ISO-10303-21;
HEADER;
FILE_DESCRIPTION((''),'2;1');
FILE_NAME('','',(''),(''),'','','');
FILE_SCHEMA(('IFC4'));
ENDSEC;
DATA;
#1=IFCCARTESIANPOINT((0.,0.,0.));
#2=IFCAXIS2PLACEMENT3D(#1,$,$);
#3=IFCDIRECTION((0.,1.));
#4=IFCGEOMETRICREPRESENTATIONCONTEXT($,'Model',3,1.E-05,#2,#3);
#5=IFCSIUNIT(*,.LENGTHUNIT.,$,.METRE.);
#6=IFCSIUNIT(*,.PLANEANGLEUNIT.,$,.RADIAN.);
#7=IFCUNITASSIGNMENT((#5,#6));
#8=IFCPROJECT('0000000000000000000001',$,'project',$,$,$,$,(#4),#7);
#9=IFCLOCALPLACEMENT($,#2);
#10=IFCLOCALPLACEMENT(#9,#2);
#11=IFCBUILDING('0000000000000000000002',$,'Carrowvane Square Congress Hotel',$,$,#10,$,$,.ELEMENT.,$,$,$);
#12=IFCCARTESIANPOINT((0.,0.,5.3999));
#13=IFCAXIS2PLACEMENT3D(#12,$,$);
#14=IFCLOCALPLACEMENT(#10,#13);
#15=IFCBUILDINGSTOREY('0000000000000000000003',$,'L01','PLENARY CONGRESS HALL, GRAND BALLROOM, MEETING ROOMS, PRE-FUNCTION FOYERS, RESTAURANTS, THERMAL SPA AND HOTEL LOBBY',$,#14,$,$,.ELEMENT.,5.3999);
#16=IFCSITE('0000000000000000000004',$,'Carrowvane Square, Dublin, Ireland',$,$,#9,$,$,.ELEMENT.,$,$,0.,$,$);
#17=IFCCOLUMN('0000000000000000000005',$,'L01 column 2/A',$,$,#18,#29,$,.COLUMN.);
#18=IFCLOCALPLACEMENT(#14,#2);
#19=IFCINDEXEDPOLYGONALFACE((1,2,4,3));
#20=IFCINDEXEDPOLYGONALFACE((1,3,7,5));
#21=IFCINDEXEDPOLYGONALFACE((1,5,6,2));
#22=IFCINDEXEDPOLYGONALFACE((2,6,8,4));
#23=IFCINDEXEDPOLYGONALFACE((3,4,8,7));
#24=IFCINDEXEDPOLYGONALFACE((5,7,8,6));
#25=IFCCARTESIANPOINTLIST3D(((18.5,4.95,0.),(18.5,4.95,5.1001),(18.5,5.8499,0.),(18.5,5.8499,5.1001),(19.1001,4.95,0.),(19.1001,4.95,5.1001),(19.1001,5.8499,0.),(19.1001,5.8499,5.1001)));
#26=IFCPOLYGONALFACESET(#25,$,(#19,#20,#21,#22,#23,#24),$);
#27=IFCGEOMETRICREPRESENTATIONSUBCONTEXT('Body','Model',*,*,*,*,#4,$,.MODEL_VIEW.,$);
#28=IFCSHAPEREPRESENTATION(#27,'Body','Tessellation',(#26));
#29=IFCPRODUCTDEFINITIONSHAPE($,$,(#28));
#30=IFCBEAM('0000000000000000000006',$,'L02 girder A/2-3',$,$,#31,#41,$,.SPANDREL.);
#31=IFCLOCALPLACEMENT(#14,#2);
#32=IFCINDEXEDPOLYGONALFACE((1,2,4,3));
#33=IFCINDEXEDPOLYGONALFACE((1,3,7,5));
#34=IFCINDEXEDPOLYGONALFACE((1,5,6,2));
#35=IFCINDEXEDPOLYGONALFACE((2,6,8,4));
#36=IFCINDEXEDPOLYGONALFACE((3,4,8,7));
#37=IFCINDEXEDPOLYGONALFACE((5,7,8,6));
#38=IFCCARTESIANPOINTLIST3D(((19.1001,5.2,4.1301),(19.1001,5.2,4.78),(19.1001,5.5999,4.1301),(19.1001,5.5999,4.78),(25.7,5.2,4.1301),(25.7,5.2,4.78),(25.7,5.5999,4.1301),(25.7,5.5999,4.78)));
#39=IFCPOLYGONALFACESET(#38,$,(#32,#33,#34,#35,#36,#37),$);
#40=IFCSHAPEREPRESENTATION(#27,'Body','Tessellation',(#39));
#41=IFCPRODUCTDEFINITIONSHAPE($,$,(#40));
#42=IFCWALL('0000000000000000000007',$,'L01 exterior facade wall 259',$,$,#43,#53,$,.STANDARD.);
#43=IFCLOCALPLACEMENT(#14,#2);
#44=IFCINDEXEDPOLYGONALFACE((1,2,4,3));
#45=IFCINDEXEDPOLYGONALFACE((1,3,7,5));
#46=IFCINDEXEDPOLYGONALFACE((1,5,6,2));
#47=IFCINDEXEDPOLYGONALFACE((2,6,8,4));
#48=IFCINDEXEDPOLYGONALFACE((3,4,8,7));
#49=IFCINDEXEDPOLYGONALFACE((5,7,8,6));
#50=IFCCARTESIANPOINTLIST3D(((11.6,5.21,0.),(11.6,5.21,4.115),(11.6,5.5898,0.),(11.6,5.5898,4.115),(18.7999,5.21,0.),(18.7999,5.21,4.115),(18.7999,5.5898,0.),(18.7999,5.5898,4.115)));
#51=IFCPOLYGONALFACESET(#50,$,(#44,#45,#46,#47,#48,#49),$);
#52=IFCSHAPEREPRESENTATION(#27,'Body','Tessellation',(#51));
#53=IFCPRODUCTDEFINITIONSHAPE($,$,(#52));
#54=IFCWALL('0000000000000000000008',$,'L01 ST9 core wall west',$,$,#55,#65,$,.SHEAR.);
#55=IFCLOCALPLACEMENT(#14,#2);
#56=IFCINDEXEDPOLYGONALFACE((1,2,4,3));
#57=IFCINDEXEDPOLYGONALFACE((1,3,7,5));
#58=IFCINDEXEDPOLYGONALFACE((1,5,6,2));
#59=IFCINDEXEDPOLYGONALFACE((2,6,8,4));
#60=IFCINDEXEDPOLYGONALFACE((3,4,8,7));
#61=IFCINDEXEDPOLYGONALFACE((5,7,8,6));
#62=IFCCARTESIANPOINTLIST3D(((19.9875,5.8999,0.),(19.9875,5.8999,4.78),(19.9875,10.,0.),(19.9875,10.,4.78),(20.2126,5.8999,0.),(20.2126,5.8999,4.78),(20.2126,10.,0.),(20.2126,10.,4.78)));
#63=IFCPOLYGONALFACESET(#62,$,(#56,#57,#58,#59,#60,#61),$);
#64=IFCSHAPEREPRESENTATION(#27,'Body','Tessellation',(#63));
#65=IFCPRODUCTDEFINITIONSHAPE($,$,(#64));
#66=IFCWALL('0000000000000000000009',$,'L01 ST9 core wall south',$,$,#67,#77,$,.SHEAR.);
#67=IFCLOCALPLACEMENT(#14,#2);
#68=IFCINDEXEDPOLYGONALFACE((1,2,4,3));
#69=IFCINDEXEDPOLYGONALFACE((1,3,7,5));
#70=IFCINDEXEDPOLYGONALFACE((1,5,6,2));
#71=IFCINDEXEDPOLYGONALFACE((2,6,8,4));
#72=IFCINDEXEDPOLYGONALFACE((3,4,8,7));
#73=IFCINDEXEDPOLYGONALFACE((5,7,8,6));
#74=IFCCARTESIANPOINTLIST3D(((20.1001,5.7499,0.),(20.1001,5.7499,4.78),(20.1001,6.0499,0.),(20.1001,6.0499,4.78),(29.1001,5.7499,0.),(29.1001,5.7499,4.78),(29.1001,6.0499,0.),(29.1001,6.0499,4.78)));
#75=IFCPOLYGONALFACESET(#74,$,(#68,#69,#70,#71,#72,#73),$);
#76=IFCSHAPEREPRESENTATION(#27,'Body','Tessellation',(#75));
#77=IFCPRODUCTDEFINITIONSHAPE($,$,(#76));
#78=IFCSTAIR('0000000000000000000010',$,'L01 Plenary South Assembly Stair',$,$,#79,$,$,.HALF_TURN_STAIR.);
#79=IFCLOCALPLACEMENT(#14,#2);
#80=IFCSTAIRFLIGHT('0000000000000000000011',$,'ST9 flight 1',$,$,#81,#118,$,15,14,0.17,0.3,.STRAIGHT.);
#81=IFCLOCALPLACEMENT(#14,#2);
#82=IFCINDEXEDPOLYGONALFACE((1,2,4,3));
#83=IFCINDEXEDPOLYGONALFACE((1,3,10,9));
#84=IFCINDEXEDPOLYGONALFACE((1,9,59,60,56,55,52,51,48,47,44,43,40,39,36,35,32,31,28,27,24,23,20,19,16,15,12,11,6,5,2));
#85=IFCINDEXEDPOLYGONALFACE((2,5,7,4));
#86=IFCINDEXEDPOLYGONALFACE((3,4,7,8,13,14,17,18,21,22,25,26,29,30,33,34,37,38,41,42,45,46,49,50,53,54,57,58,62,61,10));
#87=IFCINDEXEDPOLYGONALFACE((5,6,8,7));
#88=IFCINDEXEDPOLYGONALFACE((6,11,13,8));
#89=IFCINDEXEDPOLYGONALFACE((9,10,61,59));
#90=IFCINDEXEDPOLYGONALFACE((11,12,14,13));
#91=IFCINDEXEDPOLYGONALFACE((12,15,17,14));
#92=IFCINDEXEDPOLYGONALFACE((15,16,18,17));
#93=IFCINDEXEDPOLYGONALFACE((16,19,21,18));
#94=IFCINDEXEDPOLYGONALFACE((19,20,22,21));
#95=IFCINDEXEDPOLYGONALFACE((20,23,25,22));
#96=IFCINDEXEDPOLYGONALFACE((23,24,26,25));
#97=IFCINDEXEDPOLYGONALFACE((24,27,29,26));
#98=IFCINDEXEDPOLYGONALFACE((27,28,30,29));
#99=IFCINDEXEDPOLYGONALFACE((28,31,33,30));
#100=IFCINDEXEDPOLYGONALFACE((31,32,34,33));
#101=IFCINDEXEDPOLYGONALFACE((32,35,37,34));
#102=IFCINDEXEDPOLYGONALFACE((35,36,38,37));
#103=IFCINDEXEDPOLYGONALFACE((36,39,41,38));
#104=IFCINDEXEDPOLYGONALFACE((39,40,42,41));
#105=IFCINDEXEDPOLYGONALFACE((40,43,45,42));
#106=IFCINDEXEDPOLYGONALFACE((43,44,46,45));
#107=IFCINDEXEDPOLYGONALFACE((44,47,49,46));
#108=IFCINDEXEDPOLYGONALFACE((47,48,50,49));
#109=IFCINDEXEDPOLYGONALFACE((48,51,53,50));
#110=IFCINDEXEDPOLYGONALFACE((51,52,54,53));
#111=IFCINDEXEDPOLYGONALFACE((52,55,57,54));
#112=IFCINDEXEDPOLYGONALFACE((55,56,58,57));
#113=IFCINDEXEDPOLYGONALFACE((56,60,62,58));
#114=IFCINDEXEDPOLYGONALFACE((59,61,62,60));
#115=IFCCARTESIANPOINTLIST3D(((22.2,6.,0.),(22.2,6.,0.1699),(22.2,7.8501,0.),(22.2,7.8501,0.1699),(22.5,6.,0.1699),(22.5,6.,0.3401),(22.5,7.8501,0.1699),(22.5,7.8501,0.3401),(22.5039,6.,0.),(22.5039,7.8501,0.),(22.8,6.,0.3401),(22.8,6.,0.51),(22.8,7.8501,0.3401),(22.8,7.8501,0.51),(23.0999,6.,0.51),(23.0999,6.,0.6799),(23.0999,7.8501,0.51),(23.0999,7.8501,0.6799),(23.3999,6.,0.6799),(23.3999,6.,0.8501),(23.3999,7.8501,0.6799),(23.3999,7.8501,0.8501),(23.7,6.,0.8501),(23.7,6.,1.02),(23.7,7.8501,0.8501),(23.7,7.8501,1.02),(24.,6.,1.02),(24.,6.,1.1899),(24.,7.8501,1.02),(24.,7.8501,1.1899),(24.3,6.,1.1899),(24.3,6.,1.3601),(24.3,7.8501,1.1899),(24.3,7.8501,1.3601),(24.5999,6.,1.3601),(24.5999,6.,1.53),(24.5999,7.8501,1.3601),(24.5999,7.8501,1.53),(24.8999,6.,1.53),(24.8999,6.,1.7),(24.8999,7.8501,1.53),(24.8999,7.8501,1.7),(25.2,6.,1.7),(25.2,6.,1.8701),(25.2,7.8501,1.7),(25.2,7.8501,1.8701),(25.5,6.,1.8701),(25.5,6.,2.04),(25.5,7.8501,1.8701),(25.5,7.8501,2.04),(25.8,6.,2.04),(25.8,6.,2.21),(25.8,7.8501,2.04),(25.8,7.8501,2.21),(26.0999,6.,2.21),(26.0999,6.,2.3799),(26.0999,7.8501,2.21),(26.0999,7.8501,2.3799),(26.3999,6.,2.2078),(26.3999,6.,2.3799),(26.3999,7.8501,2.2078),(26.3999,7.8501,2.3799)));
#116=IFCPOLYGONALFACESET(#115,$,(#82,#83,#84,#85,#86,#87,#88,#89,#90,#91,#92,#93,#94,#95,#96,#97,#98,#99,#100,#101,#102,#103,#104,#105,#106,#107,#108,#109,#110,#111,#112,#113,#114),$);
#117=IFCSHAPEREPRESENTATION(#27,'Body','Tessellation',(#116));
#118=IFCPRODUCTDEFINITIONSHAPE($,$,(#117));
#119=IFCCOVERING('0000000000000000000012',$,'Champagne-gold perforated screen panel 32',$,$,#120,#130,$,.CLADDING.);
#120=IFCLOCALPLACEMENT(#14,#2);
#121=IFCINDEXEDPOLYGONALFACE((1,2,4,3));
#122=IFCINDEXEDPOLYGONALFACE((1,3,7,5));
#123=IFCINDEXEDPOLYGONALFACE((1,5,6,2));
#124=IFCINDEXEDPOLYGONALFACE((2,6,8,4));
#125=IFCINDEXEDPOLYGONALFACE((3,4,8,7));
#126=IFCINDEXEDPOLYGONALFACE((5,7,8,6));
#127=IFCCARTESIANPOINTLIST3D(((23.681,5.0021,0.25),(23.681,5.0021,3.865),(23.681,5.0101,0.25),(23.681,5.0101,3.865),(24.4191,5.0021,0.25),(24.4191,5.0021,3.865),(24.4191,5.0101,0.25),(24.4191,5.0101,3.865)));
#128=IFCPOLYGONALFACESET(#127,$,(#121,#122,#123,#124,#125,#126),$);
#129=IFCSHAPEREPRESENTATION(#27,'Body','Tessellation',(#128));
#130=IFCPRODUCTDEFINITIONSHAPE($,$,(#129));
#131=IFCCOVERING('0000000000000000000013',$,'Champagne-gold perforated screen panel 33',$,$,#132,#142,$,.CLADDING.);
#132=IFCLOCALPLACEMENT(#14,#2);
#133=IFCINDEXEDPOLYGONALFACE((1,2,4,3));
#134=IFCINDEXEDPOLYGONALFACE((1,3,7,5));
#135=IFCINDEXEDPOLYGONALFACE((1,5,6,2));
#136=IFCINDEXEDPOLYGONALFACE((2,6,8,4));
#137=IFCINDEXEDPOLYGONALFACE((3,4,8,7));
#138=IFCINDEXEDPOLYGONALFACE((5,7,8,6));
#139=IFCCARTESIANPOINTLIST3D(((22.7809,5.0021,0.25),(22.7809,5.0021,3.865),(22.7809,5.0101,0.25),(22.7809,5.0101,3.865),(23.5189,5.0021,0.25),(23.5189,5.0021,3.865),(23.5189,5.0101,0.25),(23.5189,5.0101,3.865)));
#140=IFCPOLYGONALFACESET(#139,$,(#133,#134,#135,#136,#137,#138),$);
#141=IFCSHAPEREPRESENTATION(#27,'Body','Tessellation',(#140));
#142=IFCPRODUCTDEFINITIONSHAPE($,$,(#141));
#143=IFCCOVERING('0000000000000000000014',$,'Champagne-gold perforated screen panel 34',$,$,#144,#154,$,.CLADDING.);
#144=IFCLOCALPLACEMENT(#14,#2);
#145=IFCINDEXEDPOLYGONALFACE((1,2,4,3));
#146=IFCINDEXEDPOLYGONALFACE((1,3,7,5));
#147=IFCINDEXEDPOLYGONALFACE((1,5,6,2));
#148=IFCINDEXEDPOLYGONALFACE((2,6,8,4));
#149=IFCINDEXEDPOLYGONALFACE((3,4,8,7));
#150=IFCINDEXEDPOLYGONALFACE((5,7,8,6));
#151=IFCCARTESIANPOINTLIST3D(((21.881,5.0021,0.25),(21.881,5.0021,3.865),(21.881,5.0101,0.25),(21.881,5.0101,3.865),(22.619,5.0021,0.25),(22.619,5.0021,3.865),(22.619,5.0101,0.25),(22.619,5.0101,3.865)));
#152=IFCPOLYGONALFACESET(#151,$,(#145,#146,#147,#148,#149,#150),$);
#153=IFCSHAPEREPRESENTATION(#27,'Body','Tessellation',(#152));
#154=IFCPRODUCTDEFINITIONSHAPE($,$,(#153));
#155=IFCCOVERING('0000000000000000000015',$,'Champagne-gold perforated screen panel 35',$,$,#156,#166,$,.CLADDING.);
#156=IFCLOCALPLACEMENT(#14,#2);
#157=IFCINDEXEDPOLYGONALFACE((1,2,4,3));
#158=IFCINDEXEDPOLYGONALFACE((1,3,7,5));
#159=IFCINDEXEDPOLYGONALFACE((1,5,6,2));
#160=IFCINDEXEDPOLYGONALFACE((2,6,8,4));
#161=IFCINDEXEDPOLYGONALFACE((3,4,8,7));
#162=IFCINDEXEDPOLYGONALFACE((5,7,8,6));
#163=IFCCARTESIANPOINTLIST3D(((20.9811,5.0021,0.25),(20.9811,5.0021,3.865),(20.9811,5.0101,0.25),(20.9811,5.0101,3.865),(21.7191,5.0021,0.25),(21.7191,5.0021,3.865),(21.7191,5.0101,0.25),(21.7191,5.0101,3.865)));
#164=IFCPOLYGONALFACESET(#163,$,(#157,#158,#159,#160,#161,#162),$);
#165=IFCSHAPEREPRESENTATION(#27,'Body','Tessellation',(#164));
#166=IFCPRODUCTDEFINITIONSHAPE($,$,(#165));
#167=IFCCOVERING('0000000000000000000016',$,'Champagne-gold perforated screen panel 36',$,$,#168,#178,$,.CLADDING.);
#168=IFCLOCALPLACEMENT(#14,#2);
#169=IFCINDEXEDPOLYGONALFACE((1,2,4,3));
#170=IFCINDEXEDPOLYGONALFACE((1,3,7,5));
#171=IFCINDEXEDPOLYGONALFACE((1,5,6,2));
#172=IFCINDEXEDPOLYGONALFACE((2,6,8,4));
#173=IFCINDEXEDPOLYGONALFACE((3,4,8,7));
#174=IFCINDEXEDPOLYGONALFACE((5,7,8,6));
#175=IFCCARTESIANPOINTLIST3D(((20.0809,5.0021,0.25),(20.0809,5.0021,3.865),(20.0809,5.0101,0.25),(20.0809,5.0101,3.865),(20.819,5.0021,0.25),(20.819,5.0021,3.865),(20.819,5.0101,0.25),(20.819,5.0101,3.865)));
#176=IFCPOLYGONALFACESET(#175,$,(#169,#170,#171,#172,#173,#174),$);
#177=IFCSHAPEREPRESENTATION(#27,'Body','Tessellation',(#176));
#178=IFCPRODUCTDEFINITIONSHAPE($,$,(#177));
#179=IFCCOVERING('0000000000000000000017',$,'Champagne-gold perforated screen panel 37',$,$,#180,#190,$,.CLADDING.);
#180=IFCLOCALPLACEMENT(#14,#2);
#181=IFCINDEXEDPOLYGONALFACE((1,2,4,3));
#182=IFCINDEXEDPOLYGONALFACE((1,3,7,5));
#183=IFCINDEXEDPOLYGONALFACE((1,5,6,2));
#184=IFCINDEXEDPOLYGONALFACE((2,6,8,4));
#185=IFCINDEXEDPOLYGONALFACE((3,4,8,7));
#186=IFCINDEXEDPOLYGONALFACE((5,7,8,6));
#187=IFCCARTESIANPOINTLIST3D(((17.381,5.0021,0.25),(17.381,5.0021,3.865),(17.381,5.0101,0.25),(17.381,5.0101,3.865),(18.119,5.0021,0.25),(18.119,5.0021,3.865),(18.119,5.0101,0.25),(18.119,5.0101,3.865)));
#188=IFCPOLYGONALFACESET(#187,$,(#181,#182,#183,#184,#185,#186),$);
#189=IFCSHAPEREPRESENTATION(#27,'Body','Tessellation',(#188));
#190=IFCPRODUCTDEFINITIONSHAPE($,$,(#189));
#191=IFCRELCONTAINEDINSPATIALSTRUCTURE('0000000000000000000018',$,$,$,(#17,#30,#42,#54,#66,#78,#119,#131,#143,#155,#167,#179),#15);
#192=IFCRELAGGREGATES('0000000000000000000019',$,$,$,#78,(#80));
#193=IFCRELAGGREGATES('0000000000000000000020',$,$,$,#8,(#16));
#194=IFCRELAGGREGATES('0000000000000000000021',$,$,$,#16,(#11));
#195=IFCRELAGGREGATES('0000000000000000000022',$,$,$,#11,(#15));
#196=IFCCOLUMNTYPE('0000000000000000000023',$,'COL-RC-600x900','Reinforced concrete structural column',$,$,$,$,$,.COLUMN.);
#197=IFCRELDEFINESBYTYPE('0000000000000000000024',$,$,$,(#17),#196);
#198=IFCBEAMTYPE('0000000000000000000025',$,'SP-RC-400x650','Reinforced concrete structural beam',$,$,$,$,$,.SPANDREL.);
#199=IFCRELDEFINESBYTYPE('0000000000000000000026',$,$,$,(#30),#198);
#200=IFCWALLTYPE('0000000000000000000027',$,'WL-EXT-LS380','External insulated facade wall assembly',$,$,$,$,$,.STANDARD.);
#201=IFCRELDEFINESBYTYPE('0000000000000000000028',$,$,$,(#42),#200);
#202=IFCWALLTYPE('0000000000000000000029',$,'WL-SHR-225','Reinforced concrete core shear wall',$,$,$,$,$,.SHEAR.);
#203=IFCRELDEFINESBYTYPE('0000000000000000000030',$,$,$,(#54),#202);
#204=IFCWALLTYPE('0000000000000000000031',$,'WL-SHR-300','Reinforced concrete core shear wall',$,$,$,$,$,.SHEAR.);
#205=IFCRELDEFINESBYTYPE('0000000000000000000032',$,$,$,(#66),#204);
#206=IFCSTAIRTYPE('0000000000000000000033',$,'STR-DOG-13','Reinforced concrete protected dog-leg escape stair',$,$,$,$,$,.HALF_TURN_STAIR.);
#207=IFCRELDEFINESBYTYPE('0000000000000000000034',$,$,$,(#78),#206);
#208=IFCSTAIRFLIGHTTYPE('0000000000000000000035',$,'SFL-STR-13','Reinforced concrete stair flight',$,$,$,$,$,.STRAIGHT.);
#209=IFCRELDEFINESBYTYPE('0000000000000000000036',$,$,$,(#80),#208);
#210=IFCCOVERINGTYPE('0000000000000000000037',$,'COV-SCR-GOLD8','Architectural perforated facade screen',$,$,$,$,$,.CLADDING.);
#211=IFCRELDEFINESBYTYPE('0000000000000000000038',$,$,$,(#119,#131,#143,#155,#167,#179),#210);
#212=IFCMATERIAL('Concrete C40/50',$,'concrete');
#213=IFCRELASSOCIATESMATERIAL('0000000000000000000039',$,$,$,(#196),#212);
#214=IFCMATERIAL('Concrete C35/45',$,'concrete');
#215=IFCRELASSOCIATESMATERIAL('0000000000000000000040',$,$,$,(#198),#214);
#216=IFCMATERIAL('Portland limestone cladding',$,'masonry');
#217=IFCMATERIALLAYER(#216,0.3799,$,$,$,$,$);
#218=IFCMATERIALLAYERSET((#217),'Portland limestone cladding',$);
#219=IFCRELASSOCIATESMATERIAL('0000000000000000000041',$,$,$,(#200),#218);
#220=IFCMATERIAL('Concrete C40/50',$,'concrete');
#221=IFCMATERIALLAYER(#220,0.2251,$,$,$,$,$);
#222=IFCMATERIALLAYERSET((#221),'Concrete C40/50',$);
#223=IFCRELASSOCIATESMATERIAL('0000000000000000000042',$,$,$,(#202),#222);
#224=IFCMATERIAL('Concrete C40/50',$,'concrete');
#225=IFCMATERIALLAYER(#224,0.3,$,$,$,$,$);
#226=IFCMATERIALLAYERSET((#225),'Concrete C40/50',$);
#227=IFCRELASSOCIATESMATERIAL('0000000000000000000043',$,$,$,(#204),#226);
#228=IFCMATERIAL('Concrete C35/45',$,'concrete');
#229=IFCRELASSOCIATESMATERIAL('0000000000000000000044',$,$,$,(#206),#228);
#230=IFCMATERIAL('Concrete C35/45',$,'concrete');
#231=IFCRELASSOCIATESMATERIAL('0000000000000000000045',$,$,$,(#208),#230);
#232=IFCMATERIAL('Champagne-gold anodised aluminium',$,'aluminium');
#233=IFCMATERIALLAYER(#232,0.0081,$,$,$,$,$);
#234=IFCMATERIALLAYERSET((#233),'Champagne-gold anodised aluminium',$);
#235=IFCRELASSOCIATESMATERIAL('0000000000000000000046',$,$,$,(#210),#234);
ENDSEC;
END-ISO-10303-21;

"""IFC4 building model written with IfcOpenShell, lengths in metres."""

from ifc_helpers import new_model, si_unit, direction, frame, frame_2d, origin, origin_2d, place, context, subcontext, project, spatial, polyline, rectangle, outline, extrude, material, layer, layer_set, material_profile, profile_set, type_object, element, aggregate, save


model = new_model("IFC4")

# Units and contexts
model_context = context("Model", 3, precision=1e-05, world=origin(), true_north=direction((0.0, 1.0)))
body_context = subcontext(model_context, "Body", "Model", "MODEL_VIEW")
ifc_project = project(units=[si_unit("LENGTHUNIT", "METRE"), si_unit("PLANEANGLEUNIT", "RADIAN")], contexts=[model_context])

# Site, building, storey
site_placement = place(None, origin())
site = spatial("IfcSite", under=ifc_project, at=site_placement, Name="Carrowvane Square, Dublin, Ireland", CompositionType="ELEMENT", RefElevation=0.0)
building_placement = place(site_placement, origin())
building = spatial("IfcBuilding", under=site, at=building_placement, Name="Carrowvane Square Congress Hotel", CompositionType="ELEMENT")
storey_placement = place(building_placement, frame((0.0, 0.0, 5.3999)))
storey = spatial("IfcBuildingStorey", under=building, at=storey_placement, Name="L01", Description="PLENARY CONGRESS HALL, GRAND BALLROOM, MEETING ROOMS, PRE-FUNCTION FOYERS, RESTAURANTS, THERMAL SPA AND HOTEL LOBBY", CompositionType="ELEMENT", Elevation=5.3999)

# Column
ifc_material_1 = material(Name="Concrete C40/50", Category="concrete")
ifc_material_profile_1 = material_profile(ifc_material_1, rectangle(XDim=0.6001, YDim=0.8999, at=origin_2d()), Name="RC 600x900")
ifc_profile_set_1 = profile_set([ifc_material_profile_1], Name="Concrete C40/50")
column_type = type_object("IfcColumnType", Name="COL-RC-600x900", Description="Reinforced concrete structural column", PredefinedType="COLUMN", material=ifc_profile_set_1)
column_placement = place(storey_placement, frame((18.8, 5.3999, 0.0), z_axis=(0.0, 0.0, 1.0), x_axis=(1.0, 0.0, 0.0)))
element("IfcColumn", 1, at=column_placement, inside=storey, type_object=column_type, Name="L01 column 2/A", PredefinedType="COLUMN", context=body_context, shape_type="SweptSolid", body=[
    extrude(rectangle(XDim=0.6001, YDim=0.8999, at=origin_2d()), origin(), (0.0, 0.0, 1.0), 5.1001),
])

# Beam
ifc_material_2 = material(Name="Concrete C35/45", Category="concrete")
ifc_material_profile_2 = material_profile(ifc_material_2, rectangle(XDim=0.3999, YDim=0.6499, at=origin_2d()), Name="RC 400x650")
ifc_profile_set_2 = profile_set([ifc_material_profile_2], Name="Concrete C35/45")
beam_type = type_object("IfcBeamType", Name="SP-RC-400x650", Description="Reinforced concrete structural beam", PredefinedType="SPANDREL", material=ifc_profile_set_2)
beam_placement = place(storey_placement, frame((19.1001, 5.3999, 4.4551), z_axis=(1.0, 0.0, 0.0), x_axis=(0.0, 1.0, 0.0)))
element("IfcBeam", 2, at=beam_placement, inside=storey, type_object=beam_type, Name="L02 girder A/2-3", PredefinedType="SPANDREL", context=body_context, shape_type="SweptSolid", body=[
    extrude(rectangle(XDim=0.3999, YDim=0.6499, at=origin_2d()), origin(), (0.0, 0.0, 1.0), 6.5999),
])

# Walls
ifc_material_3 = material(Name="Portland limestone cladding", Category="masonry")
ifc_layer_1 = layer(ifc_material_3, 0.3799)
ifc_layer_set_1 = layer_set([ifc_layer_1], Name="Portland limestone cladding")
wall_type_1 = type_object("IfcWallType", Name="WL-EXT-LS380", Description="External insulated facade wall assembly", PredefinedType="STANDARD", material=ifc_layer_set_1)
wall_1_placement = place(storey_placement, frame((18.8, 5.3999, 0.0), z_axis=(0.0, 0.0, 1.0), x_axis=(-1.0, 0.0, 0.0)))
element("IfcWall", 3, at=wall_1_placement, inside=storey, type_object=wall_type_1, Name="L01 exterior facade wall 259", PredefinedType="STANDARD", context=body_context, shape_type="SweptSolid", body=[
    extrude(rectangle(XDim=7.2, YDim=0.3799, at=frame_2d((3.6001, 0.0))), origin(), (0.0, 0.0, 1.0), 4.115),
])
ifc_material_4 = material(Name="Concrete C40/50", Category="concrete")
ifc_layer_2 = layer(ifc_material_4, 0.2251)
ifc_layer_set_2 = layer_set([ifc_layer_2], Name="Concrete C40/50")
wall_type_2 = type_object("IfcWallType", Name="WL-SHR-225", Description="Reinforced concrete core shear wall", PredefinedType="SHEAR", material=ifc_layer_set_2)
wall_2_placement = place(storey_placement, frame((20.1001, 10.0, 0.0), z_axis=(0.0, 0.0, 1.0), x_axis=(0.0, -1.0, 0.0)))
element("IfcWall", 4, at=wall_2_placement, inside=storey, type_object=wall_type_2, Name="L01 ST9 core wall west", PredefinedType="SHEAR", context=body_context, shape_type="SweptSolid", body=[
    extrude(rectangle(XDim=4.1001, YDim=0.2251, at=frame_2d((2.05, 0.0))), origin(), (0.0, 0.0, 1.0), 4.78),
])
ifc_material_5 = material(Name="Concrete C40/50", Category="concrete")
ifc_layer_3 = layer(ifc_material_5, 0.3)
ifc_layer_set_3 = layer_set([ifc_layer_3], Name="Concrete C40/50")
wall_type_3 = type_object("IfcWallType", Name="WL-SHR-300", Description="Reinforced concrete core shear wall", PredefinedType="SHEAR", material=ifc_layer_set_3)
wall_3_placement = place(storey_placement, frame((20.1001, 5.8999, 0.0), z_axis=(0.0, 0.0, 1.0), x_axis=(1.0, 0.0, 0.0)))
element("IfcWall", 5, at=wall_3_placement, inside=storey, type_object=wall_type_3, Name="L01 ST9 core wall south", PredefinedType="SHEAR", context=body_context, shape_type="SweptSolid", body=[
    extrude(rectangle(XDim=9.0, YDim=0.3, at=frame_2d((4.5, 0.0))), origin(), (0.0, 0.0, 1.0), 4.78),
])

# Stair, stair flight
ifc_material_6 = material(Name="Concrete C35/45", Category="concrete")
stair_type = type_object("IfcStairType", Name="STR-DOG-13", Description="Reinforced concrete protected dog-leg escape stair", PredefinedType="HALF_TURN_STAIR", material=ifc_material_6)
stair_placement = place(storey_placement, origin())
stair = element("IfcStair", 6, at=stair_placement, inside=storey, type_object=stair_type, Name="L01 Plenary South Assembly Stair", PredefinedType="HALF_TURN_STAIR")
ifc_material_7 = material(Name="Concrete C35/45", Category="concrete")
stair_flight_type = type_object("IfcStairFlightType", Name="SFL-STR-13", Description="Reinforced concrete stair flight", PredefinedType="STRAIGHT", material=ifc_material_7)
stair_flight_placement = place(storey_placement, frame((22.2, 6.925, 0.0), z_axis=(0.0, 0.0, 1.0), x_axis=(1.0, 0.0, 0.0)))
stair_flight = element("IfcStairFlight", 7, at=stair_flight_placement, type_object=stair_flight_type, Name="ST9 flight 1", NumberOfRisers=15, NumberOfTreads=14, PredefinedType="STRAIGHT", RiserHeight=0.17, TreadLength=0.3, context=body_context, shape_type="SweptSolid", body=[
    extrude(outline(polyline([(0.0, 0.0), (0.0, 0.1699), (0.3, 0.1699), (0.3, 0.3401), (0.6001, 0.3401), (0.6001, 0.51), (0.8999, 0.51), (0.8999, 0.6799), (1.2, 0.6799), (1.2, 0.8501), (1.5, 0.8501), (1.5, 1.02), (1.8, 1.02), (1.8, 1.1899), (2.1001, 1.1899), (2.1001, 1.3601), (2.3999, 1.3601), (2.3999, 1.53), (2.7, 1.53), (2.7, 1.7), (3.0, 1.7), (3.0, 1.8701), (3.3, 1.8701), (3.3, 2.04), (3.6001, 2.04), (3.6001, 2.21), (3.8999, 2.21), (3.8999, 2.3799), (4.2, 2.3799), (4.2, 2.55), (4.2, 2.2078), (0.304, 0.0), (0.0, 0.0)])), frame((0.0, 0.925, 0.0), z_axis=(0.0, -1.0, 0.0), x_axis=(1.0, 0.0, 0.0)), (0.0, 0.0, 1.0), 1.8501),
])
aggregate(stair, [stair_flight])

# Coverings
ifc_material_8 = material(Name="Champagne-gold anodised aluminium", Category="aluminium")
ifc_layer_4 = layer(ifc_material_8, 0.0081)
ifc_layer_set_4 = layer_set([ifc_layer_4], Name="Champagne-gold anodised aluminium")
covering_type = type_object("IfcCoveringType", Name="COV-SCR-GOLD8", Description="Architectural perforated facade screen", PredefinedType="CLADDING", material=ifc_layer_set_4)
for number, where, z_axis, x_axis, name in (
    (8, (24.05, 5.0061, 0.25), (0.0, 0.0, 1.0), (-1.0, 0.0, 0.0), "Champagne-gold perforated screen panel 32"),
    (9, (23.1499, 5.0061, 0.25), (0.0, 0.0, 1.0), (-1.0, 0.0, 0.0), "Champagne-gold perforated screen panel 33"),
    (10, (22.25, 5.0061, 0.25), (0.0, 0.0, 1.0), (-1.0, 0.0, 0.0), "Champagne-gold perforated screen panel 34"),
    (11, (21.3501, 5.0061, 0.25), (0.0, 0.0, 1.0), (-1.0, 0.0, 0.0), "Champagne-gold perforated screen panel 35"),
    (12, (20.45, 5.0061, 0.25), (0.0, 0.0, 1.0), (-1.0, 0.0, 0.0), "Champagne-gold perforated screen panel 36"),
    (13, (17.75, 5.0061, 0.25), (0.0, 0.0, 1.0), (-1.0, 0.0, 0.0), "Champagne-gold perforated screen panel 37"),
):
    element("IfcCovering", number, at=place(storey_placement, frame(where, z_axis=z_axis, x_axis=x_axis)), inside=storey, type_object=covering_type, Name=name, PredefinedType="CLADDING", context=body_context, shape_type="SweptSolid", body=[
        extrude(rectangle(XDim=0.738, YDim=0.0081, at=origin_2d()), origin(), (0.0, 0.0, 1.0), 3.615),
    ])

save(model, "model.ifc")
